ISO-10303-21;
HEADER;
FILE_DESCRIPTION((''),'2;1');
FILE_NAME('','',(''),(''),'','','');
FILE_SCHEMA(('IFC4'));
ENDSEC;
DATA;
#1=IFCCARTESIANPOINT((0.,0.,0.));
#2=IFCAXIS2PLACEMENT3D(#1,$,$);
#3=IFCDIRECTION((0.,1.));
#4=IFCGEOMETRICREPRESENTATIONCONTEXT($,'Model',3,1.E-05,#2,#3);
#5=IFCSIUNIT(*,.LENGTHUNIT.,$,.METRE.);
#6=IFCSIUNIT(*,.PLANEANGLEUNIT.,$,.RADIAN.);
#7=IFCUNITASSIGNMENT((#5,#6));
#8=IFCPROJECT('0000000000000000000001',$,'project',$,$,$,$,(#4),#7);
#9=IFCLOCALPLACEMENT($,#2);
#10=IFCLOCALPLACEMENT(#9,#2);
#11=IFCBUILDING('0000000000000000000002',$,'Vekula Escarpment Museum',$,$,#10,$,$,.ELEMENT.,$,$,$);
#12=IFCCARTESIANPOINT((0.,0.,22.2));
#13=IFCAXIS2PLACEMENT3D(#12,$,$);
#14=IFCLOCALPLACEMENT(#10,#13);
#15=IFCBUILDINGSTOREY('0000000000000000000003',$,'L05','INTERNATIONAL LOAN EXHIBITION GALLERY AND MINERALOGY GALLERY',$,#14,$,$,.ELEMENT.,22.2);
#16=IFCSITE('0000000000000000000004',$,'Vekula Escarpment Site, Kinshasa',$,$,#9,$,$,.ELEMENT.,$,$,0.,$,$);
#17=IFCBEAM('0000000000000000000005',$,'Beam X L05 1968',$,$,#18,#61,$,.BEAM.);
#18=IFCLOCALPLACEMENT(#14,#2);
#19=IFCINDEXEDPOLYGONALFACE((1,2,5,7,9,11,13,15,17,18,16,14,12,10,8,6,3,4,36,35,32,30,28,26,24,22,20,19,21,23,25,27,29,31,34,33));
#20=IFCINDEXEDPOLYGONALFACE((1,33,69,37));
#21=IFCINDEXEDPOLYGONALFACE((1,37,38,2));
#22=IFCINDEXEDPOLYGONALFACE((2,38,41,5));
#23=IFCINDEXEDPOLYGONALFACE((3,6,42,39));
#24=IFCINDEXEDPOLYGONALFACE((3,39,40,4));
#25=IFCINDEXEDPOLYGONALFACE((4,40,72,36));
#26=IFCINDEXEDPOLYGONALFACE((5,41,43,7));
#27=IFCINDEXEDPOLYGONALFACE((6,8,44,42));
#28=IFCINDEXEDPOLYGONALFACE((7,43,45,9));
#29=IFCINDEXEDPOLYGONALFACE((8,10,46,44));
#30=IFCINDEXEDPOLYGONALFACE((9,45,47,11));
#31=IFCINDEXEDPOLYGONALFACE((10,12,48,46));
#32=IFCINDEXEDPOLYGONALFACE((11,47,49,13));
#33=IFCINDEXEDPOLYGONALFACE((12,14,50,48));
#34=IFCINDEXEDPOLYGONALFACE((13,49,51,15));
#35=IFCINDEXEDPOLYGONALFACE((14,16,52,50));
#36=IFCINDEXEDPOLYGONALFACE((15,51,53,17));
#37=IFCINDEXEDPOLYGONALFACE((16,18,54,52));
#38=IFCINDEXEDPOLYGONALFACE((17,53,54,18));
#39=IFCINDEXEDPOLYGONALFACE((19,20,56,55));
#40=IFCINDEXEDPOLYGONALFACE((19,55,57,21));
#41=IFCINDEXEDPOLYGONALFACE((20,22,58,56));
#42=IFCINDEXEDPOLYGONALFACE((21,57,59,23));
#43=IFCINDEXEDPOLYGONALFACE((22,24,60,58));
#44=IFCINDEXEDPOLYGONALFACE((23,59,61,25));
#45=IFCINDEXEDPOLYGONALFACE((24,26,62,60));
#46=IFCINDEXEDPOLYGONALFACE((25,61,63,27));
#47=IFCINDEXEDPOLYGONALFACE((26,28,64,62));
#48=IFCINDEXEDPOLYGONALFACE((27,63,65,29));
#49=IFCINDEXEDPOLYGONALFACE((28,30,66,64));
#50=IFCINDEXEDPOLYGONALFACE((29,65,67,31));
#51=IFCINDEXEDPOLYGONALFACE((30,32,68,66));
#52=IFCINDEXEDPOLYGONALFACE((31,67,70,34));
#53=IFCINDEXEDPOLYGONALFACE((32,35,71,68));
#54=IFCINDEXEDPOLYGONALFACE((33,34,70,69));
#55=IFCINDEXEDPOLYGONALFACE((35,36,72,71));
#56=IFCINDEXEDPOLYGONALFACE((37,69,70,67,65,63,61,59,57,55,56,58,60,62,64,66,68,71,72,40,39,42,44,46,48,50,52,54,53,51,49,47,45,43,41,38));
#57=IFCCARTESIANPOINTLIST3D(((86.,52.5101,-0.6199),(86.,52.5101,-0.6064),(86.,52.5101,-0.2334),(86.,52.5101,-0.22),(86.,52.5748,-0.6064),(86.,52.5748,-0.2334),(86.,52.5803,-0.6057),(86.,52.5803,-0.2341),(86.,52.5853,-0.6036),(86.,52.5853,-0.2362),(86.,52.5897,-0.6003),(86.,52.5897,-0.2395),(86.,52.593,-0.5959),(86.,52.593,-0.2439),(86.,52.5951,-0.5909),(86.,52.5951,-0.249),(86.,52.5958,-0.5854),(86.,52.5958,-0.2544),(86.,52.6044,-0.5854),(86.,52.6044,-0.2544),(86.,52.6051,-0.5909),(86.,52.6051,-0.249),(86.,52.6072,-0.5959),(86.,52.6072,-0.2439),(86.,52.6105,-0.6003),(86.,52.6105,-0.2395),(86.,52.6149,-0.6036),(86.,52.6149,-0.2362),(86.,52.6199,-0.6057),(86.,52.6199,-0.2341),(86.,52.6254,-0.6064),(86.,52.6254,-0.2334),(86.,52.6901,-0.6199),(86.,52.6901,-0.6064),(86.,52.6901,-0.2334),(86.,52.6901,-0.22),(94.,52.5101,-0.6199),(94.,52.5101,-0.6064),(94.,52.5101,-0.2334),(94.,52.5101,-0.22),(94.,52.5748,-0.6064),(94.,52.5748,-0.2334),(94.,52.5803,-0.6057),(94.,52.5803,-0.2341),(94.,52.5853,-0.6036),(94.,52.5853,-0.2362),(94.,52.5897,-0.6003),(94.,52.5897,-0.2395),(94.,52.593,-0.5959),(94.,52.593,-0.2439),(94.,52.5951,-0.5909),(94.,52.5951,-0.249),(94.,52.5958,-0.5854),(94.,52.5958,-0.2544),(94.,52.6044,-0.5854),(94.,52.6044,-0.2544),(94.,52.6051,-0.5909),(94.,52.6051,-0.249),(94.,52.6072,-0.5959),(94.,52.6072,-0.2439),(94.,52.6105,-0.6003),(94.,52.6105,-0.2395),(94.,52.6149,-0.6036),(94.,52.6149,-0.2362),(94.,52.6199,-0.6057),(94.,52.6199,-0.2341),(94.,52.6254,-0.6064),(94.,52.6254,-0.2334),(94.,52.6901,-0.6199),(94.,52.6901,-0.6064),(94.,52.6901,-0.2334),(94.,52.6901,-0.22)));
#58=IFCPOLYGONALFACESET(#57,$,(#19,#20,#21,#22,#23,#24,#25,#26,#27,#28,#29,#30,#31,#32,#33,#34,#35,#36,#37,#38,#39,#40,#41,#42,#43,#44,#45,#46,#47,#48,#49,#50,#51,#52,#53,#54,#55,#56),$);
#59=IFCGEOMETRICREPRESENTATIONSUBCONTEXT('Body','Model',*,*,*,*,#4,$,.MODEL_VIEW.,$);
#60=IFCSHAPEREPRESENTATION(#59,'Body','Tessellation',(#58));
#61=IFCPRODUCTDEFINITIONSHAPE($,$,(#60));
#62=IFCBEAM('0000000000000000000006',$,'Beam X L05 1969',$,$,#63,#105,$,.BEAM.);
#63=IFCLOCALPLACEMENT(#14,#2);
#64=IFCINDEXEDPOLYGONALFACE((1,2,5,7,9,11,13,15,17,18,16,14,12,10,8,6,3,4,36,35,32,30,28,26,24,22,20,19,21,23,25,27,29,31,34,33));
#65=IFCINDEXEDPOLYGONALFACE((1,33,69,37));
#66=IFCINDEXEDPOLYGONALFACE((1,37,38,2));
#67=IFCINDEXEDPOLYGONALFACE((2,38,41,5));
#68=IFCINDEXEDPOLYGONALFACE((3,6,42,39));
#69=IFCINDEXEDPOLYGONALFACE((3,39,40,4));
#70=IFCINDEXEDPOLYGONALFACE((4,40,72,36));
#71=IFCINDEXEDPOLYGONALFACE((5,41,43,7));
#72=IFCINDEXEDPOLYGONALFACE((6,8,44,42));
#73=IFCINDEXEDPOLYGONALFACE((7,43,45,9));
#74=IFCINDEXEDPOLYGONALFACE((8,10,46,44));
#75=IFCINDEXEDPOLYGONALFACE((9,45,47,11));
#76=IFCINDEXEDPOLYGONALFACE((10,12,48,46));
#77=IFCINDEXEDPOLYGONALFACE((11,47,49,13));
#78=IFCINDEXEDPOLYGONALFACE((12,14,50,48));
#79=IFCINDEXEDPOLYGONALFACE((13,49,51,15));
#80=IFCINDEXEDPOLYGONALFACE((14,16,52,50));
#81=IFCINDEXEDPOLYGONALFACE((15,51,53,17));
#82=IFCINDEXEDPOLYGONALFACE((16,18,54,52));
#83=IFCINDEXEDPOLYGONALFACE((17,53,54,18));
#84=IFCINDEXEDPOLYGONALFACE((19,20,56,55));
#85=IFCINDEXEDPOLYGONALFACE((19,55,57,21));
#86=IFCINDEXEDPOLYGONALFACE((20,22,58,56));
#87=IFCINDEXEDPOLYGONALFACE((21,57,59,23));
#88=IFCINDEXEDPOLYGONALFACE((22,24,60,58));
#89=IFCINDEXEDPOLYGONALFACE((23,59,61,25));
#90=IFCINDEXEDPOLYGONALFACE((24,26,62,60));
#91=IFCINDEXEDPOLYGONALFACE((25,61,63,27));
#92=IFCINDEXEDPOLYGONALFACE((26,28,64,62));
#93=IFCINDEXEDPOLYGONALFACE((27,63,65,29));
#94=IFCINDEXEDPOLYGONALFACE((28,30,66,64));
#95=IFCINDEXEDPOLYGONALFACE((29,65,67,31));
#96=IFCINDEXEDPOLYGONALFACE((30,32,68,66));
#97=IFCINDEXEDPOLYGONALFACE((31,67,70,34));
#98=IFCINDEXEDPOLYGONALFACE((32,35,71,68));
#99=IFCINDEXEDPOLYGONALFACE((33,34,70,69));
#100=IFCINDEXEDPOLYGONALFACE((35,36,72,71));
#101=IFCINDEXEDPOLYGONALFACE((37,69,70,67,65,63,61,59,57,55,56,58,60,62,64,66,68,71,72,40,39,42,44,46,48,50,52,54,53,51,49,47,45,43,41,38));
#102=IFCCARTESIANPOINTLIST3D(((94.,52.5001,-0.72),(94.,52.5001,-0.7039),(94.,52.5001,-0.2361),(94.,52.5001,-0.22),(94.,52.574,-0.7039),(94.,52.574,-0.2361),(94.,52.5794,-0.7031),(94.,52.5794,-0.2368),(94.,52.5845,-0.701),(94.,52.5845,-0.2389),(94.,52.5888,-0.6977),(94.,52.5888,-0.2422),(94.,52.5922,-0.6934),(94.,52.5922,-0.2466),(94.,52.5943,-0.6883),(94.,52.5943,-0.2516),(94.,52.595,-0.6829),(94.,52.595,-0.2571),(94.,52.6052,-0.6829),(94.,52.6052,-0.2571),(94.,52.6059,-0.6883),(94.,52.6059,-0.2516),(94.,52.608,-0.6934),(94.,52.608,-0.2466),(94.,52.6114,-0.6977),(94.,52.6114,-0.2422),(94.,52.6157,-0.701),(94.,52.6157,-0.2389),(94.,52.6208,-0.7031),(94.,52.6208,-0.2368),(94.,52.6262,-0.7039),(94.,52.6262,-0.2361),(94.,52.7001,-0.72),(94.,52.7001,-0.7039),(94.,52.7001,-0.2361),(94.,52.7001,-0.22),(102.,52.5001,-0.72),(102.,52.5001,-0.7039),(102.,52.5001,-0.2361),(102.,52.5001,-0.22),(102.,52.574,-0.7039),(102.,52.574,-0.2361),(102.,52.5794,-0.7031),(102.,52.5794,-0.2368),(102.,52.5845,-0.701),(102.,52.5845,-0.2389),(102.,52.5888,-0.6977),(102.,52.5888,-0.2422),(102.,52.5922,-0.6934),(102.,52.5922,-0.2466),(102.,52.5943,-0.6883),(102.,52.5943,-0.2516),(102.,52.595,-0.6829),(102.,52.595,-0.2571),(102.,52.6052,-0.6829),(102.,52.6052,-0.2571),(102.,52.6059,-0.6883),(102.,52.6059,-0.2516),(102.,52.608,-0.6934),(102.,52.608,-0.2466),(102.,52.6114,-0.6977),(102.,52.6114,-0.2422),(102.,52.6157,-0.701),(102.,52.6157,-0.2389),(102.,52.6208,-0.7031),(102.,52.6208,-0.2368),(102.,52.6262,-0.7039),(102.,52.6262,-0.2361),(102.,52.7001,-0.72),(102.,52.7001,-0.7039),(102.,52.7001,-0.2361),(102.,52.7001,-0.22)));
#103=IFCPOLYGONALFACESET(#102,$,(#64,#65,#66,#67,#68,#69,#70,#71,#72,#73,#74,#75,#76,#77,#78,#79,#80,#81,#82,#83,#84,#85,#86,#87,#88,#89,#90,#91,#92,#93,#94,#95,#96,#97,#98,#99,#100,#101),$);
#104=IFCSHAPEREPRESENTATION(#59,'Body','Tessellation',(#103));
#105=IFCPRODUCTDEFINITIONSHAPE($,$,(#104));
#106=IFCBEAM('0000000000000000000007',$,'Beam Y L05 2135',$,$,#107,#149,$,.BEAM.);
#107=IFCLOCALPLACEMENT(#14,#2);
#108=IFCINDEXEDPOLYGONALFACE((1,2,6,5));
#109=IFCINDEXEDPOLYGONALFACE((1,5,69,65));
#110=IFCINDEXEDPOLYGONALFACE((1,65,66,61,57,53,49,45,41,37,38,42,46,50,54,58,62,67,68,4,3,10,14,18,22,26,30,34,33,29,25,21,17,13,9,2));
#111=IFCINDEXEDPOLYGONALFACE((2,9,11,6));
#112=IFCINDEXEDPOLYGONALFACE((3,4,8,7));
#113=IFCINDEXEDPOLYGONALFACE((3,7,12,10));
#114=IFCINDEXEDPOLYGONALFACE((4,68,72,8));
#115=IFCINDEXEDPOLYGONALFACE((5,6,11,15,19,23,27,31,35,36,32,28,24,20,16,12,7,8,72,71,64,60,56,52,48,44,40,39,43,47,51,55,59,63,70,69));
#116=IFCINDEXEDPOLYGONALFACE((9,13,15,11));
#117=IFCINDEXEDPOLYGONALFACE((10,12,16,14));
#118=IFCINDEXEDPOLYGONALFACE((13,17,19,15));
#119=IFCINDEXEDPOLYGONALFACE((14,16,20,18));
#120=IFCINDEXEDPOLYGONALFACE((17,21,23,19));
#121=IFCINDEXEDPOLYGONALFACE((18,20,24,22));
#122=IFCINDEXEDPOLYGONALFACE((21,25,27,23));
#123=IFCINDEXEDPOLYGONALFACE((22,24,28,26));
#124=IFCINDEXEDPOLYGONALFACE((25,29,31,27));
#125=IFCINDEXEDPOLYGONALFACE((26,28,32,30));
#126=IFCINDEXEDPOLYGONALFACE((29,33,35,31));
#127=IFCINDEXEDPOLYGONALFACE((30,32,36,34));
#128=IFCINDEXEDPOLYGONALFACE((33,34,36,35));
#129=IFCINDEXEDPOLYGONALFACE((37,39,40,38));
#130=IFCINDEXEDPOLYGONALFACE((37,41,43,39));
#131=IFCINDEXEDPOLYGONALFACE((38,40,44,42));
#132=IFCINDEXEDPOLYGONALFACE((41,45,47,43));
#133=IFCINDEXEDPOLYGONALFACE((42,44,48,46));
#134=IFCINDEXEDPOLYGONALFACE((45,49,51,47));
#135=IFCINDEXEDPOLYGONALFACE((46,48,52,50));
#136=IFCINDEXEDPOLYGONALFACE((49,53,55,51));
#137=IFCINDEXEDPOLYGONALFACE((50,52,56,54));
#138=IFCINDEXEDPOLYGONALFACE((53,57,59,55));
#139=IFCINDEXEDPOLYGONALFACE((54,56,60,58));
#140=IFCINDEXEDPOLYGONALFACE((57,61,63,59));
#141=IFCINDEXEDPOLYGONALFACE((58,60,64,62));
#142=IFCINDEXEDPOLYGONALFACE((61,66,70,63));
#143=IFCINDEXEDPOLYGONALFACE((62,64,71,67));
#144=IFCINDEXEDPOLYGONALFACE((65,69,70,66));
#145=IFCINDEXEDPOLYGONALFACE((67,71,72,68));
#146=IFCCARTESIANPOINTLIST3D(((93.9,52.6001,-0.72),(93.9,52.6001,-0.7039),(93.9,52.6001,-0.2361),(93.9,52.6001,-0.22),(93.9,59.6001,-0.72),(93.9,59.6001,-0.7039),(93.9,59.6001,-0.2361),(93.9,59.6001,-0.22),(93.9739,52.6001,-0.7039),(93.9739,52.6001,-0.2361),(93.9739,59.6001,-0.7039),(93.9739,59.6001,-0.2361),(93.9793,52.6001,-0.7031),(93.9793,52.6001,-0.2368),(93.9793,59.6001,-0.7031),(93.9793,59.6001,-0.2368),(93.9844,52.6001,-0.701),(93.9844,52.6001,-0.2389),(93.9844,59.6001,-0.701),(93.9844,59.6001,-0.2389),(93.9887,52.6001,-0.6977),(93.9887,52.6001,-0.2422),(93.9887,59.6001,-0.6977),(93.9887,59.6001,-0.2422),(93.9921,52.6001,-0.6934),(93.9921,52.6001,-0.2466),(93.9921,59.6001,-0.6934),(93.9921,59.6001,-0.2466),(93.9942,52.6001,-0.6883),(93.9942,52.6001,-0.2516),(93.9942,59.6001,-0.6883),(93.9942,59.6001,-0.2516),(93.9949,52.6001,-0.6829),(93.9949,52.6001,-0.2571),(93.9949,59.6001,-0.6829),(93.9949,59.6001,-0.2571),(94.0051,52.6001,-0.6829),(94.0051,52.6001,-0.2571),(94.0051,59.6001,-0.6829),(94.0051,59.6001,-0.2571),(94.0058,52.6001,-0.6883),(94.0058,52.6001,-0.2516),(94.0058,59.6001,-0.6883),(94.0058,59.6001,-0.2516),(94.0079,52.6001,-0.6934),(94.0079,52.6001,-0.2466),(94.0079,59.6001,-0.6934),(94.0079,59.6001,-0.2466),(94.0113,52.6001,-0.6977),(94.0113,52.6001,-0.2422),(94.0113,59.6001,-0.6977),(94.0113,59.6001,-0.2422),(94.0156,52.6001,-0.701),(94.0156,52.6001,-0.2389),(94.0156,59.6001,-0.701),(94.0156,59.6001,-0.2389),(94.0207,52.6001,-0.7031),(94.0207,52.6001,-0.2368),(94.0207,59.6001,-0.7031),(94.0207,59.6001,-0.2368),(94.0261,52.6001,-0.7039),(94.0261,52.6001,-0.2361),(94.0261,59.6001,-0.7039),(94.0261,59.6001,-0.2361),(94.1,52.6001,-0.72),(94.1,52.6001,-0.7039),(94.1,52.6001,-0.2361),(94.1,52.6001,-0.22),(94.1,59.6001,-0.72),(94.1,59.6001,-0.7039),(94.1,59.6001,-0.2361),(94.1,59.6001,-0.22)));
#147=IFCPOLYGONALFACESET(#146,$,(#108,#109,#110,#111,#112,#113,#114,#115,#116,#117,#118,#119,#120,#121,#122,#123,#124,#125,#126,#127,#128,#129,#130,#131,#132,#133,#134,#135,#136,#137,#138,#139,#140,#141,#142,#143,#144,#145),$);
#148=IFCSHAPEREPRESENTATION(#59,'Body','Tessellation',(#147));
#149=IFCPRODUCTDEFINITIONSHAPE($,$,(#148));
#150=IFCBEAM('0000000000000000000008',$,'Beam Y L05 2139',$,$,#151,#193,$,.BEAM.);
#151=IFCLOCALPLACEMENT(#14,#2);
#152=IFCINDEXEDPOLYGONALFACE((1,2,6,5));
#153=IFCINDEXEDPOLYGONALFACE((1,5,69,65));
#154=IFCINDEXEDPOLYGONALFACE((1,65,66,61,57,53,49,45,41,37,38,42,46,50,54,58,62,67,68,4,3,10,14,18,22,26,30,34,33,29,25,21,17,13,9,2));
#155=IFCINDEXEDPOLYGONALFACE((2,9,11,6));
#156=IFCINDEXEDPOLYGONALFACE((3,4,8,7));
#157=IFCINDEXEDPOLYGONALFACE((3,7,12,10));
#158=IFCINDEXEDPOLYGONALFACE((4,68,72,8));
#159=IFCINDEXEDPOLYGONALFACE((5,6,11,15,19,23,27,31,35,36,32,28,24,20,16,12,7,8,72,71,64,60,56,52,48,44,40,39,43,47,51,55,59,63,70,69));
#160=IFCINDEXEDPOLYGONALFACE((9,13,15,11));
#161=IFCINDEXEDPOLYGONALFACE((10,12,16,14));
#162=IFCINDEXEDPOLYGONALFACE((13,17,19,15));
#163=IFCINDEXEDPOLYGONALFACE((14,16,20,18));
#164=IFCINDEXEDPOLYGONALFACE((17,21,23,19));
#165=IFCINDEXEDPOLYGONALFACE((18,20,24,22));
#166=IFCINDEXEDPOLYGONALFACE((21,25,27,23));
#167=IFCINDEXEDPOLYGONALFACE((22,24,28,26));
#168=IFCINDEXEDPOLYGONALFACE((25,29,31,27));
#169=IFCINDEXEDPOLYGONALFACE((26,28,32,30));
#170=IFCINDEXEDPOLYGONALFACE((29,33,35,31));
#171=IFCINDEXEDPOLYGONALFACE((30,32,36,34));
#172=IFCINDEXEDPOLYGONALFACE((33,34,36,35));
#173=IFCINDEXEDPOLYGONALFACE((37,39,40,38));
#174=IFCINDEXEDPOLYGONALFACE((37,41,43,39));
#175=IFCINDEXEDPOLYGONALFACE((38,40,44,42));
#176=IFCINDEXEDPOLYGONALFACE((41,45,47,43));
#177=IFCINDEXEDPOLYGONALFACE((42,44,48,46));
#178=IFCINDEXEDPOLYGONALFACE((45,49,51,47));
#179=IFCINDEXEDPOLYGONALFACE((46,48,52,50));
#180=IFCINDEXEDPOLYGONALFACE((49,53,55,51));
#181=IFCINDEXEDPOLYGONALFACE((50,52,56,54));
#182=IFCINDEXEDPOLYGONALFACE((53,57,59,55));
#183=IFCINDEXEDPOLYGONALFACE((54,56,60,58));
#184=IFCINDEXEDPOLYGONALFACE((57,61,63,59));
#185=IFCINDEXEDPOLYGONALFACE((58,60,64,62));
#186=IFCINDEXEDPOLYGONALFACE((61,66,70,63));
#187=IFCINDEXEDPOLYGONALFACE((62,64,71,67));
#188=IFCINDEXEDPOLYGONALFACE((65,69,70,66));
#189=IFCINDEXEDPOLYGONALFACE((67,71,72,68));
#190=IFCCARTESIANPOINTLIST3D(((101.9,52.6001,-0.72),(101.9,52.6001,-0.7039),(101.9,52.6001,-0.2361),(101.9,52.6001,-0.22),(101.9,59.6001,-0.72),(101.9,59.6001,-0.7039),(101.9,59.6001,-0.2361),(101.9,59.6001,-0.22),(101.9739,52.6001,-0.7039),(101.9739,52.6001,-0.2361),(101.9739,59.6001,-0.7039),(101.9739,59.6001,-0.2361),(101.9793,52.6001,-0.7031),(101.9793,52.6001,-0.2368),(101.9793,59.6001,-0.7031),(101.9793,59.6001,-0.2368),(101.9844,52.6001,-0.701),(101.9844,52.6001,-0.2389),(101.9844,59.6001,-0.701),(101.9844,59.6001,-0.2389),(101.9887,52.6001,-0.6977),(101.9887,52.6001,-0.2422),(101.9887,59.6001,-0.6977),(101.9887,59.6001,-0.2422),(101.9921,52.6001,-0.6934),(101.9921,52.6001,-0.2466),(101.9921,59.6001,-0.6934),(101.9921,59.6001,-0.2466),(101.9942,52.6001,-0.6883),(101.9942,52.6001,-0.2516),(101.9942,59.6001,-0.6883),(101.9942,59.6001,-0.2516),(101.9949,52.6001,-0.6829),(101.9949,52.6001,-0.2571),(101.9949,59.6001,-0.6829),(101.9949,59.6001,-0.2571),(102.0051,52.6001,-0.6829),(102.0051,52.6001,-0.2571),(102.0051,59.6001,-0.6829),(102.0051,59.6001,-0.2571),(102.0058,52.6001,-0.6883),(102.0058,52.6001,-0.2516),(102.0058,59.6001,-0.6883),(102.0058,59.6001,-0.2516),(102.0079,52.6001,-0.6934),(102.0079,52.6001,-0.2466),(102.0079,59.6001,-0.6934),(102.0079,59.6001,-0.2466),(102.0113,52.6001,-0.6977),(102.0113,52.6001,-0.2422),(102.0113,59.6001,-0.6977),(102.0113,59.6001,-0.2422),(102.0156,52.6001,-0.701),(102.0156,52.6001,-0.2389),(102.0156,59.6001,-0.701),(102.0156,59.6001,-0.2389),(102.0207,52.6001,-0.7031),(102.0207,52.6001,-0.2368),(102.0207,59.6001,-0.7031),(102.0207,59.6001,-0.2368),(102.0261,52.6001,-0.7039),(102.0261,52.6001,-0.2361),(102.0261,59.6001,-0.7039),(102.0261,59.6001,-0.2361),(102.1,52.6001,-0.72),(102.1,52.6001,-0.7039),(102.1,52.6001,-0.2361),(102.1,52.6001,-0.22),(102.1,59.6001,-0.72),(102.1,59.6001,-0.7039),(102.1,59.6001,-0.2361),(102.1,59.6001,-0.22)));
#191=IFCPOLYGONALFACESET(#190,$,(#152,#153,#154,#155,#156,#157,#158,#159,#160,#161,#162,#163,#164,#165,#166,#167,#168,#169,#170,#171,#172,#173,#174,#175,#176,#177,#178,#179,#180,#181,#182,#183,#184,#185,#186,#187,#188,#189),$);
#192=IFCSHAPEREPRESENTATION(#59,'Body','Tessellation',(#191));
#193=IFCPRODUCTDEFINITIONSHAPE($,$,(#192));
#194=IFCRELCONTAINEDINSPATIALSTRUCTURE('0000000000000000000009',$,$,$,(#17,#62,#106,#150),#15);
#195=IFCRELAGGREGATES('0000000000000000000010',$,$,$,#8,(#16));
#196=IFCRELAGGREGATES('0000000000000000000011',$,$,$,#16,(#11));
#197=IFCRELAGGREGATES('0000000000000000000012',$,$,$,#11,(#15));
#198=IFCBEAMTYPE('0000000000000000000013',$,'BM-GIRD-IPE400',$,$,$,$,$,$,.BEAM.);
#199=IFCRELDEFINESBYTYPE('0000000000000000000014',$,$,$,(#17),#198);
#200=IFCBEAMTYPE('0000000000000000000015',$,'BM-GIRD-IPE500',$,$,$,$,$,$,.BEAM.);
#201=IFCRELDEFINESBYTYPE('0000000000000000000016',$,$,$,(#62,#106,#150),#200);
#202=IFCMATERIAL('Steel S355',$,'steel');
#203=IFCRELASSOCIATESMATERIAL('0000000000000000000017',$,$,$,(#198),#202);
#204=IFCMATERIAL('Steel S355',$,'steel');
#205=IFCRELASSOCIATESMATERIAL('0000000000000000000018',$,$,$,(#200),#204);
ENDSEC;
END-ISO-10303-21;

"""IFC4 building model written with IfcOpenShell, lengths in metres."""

from ifc_helpers import new_model, si_unit, direction, frame, origin, origin_2d, place, context, subcontext, project, spatial, i_section, extrude, material, material_profile, profile_set, type_object, element, save


model = new_model("IFC4")

# Units and contexts
model_context = context("Model", 3, precision=1e-05, world=origin(), true_north=direction((0.0, 1.0)))
body_context = subcontext(model_context, "Body", "Model", "MODEL_VIEW")
ifc_project = project(units=[si_unit("LENGTHUNIT", "METRE"), si_unit("PLANEANGLEUNIT", "RADIAN")], contexts=[model_context])

# Site, building, storey
site_placement = place(None, origin())
site = spatial("IfcSite", under=ifc_project, at=site_placement, Name="Vekula Escarpment Site, Kinshasa", CompositionType="ELEMENT", RefElevation=0.0)
building_placement = place(site_placement, origin())
building = spatial("IfcBuilding", under=site, at=building_placement, Name="Vekula Escarpment Museum", CompositionType="ELEMENT")
storey_placement = place(building_placement, frame((0.0, 0.0, 22.2)))
storey = spatial("IfcBuildingStorey", under=building, at=storey_placement, Name="L05", Description="INTERNATIONAL LOAN EXHIBITION GALLERY AND MINERALOGY GALLERY", CompositionType="ELEMENT", Elevation=22.2)

# Beams
ifc_material_1 = material(Name="Steel S355", Category="steel")
ifc_material_profile_1 = material_profile(ifc_material_1, i_section(OverallWidth=0.1799, OverallDepth=0.3999, WebThickness=0.0085, FlangeThickness=0.0134, FilletRadius=0.021, at=origin_2d()), Name="IPE 400")
ifc_profile_set_1 = profile_set([ifc_material_profile_1], Name="Steel S355")
beam_type_1 = type_object("IfcBeamType", Name="BM-GIRD-IPE400", PredefinedType="BEAM", material=ifc_profile_set_1)
beam_1_placement = place(storey_placement, frame((86.0, 52.6001, -0.4199), z_axis=(1.0, 0.0, 0.0), x_axis=(0.0, 1.0, 0.0)))
element("IfcBeam", 1, at=beam_1_placement, inside=storey, type_object=beam_type_1, Name="Beam X L05 1968", PredefinedType="BEAM", context=body_context, shape_type="SweptSolid", body=[
    extrude(i_section(OverallWidth=0.1799, OverallDepth=0.3999, WebThickness=0.0085, FlangeThickness=0.0134, FilletRadius=0.021, at=origin_2d()), origin(), (0.0, 0.0, 1.0), 8.0),
])
ifc_material_2 = material(Name="Steel S355", Category="steel")
ifc_material_profile_2 = material_profile(ifc_material_2, i_section(OverallWidth=0.2, OverallDepth=0.5, WebThickness=0.0103, FlangeThickness=0.0161, FilletRadius=0.021, at=origin_2d()), Name="IPE 500")
ifc_profile_set_2 = profile_set([ifc_material_profile_2], Name="Steel S355")
beam_type_2 = type_object("IfcBeamType", Name="BM-GIRD-IPE500", PredefinedType="BEAM", material=ifc_profile_set_2)
beam_2_placement = place(storey_placement, frame((94.0, 52.6001, -0.47), z_axis=(1.0, 0.0, 0.0), x_axis=(0.0, 1.0, 0.0)))
element("IfcBeam", 2, at=beam_2_placement, inside=storey, type_object=beam_type_2, Name="Beam X L05 1969", PredefinedType="BEAM", context=body_context, shape_type="SweptSolid", body=[
    extrude(i_section(OverallWidth=0.2, OverallDepth=0.5, WebThickness=0.0103, FlangeThickness=0.0161, FilletRadius=0.021, at=origin_2d()), origin(), (0.0, 0.0, 1.0), 8.0),
])
for number, where, z_axis, x_axis, name in (
    (3, (94.0, 52.6001, -0.47), (0.0, 1.0, 0.0), (-1.0, 0.0, 0.0), "Beam Y L05 2135"),
    (4, (102.0, 52.6001, -0.47), (0.0, 1.0, 0.0), (-1.0, 0.0, 0.0), "Beam Y L05 2139"),
):
    element("IfcBeam", number, at=place(storey_placement, frame(where, z_axis=z_axis, x_axis=x_axis)), inside=storey, type_object=beam_type_2, Name=name, PredefinedType="BEAM", context=body_context, shape_type="SweptSolid", body=[
        extrude(i_section(OverallWidth=0.2, OverallDepth=0.5, WebThickness=0.0103, FlangeThickness=0.0161, FilletRadius=0.021, at=origin_2d()), origin(), (0.0, 0.0, 1.0), 7.0),
    ])

save(model, "model.ifc")
